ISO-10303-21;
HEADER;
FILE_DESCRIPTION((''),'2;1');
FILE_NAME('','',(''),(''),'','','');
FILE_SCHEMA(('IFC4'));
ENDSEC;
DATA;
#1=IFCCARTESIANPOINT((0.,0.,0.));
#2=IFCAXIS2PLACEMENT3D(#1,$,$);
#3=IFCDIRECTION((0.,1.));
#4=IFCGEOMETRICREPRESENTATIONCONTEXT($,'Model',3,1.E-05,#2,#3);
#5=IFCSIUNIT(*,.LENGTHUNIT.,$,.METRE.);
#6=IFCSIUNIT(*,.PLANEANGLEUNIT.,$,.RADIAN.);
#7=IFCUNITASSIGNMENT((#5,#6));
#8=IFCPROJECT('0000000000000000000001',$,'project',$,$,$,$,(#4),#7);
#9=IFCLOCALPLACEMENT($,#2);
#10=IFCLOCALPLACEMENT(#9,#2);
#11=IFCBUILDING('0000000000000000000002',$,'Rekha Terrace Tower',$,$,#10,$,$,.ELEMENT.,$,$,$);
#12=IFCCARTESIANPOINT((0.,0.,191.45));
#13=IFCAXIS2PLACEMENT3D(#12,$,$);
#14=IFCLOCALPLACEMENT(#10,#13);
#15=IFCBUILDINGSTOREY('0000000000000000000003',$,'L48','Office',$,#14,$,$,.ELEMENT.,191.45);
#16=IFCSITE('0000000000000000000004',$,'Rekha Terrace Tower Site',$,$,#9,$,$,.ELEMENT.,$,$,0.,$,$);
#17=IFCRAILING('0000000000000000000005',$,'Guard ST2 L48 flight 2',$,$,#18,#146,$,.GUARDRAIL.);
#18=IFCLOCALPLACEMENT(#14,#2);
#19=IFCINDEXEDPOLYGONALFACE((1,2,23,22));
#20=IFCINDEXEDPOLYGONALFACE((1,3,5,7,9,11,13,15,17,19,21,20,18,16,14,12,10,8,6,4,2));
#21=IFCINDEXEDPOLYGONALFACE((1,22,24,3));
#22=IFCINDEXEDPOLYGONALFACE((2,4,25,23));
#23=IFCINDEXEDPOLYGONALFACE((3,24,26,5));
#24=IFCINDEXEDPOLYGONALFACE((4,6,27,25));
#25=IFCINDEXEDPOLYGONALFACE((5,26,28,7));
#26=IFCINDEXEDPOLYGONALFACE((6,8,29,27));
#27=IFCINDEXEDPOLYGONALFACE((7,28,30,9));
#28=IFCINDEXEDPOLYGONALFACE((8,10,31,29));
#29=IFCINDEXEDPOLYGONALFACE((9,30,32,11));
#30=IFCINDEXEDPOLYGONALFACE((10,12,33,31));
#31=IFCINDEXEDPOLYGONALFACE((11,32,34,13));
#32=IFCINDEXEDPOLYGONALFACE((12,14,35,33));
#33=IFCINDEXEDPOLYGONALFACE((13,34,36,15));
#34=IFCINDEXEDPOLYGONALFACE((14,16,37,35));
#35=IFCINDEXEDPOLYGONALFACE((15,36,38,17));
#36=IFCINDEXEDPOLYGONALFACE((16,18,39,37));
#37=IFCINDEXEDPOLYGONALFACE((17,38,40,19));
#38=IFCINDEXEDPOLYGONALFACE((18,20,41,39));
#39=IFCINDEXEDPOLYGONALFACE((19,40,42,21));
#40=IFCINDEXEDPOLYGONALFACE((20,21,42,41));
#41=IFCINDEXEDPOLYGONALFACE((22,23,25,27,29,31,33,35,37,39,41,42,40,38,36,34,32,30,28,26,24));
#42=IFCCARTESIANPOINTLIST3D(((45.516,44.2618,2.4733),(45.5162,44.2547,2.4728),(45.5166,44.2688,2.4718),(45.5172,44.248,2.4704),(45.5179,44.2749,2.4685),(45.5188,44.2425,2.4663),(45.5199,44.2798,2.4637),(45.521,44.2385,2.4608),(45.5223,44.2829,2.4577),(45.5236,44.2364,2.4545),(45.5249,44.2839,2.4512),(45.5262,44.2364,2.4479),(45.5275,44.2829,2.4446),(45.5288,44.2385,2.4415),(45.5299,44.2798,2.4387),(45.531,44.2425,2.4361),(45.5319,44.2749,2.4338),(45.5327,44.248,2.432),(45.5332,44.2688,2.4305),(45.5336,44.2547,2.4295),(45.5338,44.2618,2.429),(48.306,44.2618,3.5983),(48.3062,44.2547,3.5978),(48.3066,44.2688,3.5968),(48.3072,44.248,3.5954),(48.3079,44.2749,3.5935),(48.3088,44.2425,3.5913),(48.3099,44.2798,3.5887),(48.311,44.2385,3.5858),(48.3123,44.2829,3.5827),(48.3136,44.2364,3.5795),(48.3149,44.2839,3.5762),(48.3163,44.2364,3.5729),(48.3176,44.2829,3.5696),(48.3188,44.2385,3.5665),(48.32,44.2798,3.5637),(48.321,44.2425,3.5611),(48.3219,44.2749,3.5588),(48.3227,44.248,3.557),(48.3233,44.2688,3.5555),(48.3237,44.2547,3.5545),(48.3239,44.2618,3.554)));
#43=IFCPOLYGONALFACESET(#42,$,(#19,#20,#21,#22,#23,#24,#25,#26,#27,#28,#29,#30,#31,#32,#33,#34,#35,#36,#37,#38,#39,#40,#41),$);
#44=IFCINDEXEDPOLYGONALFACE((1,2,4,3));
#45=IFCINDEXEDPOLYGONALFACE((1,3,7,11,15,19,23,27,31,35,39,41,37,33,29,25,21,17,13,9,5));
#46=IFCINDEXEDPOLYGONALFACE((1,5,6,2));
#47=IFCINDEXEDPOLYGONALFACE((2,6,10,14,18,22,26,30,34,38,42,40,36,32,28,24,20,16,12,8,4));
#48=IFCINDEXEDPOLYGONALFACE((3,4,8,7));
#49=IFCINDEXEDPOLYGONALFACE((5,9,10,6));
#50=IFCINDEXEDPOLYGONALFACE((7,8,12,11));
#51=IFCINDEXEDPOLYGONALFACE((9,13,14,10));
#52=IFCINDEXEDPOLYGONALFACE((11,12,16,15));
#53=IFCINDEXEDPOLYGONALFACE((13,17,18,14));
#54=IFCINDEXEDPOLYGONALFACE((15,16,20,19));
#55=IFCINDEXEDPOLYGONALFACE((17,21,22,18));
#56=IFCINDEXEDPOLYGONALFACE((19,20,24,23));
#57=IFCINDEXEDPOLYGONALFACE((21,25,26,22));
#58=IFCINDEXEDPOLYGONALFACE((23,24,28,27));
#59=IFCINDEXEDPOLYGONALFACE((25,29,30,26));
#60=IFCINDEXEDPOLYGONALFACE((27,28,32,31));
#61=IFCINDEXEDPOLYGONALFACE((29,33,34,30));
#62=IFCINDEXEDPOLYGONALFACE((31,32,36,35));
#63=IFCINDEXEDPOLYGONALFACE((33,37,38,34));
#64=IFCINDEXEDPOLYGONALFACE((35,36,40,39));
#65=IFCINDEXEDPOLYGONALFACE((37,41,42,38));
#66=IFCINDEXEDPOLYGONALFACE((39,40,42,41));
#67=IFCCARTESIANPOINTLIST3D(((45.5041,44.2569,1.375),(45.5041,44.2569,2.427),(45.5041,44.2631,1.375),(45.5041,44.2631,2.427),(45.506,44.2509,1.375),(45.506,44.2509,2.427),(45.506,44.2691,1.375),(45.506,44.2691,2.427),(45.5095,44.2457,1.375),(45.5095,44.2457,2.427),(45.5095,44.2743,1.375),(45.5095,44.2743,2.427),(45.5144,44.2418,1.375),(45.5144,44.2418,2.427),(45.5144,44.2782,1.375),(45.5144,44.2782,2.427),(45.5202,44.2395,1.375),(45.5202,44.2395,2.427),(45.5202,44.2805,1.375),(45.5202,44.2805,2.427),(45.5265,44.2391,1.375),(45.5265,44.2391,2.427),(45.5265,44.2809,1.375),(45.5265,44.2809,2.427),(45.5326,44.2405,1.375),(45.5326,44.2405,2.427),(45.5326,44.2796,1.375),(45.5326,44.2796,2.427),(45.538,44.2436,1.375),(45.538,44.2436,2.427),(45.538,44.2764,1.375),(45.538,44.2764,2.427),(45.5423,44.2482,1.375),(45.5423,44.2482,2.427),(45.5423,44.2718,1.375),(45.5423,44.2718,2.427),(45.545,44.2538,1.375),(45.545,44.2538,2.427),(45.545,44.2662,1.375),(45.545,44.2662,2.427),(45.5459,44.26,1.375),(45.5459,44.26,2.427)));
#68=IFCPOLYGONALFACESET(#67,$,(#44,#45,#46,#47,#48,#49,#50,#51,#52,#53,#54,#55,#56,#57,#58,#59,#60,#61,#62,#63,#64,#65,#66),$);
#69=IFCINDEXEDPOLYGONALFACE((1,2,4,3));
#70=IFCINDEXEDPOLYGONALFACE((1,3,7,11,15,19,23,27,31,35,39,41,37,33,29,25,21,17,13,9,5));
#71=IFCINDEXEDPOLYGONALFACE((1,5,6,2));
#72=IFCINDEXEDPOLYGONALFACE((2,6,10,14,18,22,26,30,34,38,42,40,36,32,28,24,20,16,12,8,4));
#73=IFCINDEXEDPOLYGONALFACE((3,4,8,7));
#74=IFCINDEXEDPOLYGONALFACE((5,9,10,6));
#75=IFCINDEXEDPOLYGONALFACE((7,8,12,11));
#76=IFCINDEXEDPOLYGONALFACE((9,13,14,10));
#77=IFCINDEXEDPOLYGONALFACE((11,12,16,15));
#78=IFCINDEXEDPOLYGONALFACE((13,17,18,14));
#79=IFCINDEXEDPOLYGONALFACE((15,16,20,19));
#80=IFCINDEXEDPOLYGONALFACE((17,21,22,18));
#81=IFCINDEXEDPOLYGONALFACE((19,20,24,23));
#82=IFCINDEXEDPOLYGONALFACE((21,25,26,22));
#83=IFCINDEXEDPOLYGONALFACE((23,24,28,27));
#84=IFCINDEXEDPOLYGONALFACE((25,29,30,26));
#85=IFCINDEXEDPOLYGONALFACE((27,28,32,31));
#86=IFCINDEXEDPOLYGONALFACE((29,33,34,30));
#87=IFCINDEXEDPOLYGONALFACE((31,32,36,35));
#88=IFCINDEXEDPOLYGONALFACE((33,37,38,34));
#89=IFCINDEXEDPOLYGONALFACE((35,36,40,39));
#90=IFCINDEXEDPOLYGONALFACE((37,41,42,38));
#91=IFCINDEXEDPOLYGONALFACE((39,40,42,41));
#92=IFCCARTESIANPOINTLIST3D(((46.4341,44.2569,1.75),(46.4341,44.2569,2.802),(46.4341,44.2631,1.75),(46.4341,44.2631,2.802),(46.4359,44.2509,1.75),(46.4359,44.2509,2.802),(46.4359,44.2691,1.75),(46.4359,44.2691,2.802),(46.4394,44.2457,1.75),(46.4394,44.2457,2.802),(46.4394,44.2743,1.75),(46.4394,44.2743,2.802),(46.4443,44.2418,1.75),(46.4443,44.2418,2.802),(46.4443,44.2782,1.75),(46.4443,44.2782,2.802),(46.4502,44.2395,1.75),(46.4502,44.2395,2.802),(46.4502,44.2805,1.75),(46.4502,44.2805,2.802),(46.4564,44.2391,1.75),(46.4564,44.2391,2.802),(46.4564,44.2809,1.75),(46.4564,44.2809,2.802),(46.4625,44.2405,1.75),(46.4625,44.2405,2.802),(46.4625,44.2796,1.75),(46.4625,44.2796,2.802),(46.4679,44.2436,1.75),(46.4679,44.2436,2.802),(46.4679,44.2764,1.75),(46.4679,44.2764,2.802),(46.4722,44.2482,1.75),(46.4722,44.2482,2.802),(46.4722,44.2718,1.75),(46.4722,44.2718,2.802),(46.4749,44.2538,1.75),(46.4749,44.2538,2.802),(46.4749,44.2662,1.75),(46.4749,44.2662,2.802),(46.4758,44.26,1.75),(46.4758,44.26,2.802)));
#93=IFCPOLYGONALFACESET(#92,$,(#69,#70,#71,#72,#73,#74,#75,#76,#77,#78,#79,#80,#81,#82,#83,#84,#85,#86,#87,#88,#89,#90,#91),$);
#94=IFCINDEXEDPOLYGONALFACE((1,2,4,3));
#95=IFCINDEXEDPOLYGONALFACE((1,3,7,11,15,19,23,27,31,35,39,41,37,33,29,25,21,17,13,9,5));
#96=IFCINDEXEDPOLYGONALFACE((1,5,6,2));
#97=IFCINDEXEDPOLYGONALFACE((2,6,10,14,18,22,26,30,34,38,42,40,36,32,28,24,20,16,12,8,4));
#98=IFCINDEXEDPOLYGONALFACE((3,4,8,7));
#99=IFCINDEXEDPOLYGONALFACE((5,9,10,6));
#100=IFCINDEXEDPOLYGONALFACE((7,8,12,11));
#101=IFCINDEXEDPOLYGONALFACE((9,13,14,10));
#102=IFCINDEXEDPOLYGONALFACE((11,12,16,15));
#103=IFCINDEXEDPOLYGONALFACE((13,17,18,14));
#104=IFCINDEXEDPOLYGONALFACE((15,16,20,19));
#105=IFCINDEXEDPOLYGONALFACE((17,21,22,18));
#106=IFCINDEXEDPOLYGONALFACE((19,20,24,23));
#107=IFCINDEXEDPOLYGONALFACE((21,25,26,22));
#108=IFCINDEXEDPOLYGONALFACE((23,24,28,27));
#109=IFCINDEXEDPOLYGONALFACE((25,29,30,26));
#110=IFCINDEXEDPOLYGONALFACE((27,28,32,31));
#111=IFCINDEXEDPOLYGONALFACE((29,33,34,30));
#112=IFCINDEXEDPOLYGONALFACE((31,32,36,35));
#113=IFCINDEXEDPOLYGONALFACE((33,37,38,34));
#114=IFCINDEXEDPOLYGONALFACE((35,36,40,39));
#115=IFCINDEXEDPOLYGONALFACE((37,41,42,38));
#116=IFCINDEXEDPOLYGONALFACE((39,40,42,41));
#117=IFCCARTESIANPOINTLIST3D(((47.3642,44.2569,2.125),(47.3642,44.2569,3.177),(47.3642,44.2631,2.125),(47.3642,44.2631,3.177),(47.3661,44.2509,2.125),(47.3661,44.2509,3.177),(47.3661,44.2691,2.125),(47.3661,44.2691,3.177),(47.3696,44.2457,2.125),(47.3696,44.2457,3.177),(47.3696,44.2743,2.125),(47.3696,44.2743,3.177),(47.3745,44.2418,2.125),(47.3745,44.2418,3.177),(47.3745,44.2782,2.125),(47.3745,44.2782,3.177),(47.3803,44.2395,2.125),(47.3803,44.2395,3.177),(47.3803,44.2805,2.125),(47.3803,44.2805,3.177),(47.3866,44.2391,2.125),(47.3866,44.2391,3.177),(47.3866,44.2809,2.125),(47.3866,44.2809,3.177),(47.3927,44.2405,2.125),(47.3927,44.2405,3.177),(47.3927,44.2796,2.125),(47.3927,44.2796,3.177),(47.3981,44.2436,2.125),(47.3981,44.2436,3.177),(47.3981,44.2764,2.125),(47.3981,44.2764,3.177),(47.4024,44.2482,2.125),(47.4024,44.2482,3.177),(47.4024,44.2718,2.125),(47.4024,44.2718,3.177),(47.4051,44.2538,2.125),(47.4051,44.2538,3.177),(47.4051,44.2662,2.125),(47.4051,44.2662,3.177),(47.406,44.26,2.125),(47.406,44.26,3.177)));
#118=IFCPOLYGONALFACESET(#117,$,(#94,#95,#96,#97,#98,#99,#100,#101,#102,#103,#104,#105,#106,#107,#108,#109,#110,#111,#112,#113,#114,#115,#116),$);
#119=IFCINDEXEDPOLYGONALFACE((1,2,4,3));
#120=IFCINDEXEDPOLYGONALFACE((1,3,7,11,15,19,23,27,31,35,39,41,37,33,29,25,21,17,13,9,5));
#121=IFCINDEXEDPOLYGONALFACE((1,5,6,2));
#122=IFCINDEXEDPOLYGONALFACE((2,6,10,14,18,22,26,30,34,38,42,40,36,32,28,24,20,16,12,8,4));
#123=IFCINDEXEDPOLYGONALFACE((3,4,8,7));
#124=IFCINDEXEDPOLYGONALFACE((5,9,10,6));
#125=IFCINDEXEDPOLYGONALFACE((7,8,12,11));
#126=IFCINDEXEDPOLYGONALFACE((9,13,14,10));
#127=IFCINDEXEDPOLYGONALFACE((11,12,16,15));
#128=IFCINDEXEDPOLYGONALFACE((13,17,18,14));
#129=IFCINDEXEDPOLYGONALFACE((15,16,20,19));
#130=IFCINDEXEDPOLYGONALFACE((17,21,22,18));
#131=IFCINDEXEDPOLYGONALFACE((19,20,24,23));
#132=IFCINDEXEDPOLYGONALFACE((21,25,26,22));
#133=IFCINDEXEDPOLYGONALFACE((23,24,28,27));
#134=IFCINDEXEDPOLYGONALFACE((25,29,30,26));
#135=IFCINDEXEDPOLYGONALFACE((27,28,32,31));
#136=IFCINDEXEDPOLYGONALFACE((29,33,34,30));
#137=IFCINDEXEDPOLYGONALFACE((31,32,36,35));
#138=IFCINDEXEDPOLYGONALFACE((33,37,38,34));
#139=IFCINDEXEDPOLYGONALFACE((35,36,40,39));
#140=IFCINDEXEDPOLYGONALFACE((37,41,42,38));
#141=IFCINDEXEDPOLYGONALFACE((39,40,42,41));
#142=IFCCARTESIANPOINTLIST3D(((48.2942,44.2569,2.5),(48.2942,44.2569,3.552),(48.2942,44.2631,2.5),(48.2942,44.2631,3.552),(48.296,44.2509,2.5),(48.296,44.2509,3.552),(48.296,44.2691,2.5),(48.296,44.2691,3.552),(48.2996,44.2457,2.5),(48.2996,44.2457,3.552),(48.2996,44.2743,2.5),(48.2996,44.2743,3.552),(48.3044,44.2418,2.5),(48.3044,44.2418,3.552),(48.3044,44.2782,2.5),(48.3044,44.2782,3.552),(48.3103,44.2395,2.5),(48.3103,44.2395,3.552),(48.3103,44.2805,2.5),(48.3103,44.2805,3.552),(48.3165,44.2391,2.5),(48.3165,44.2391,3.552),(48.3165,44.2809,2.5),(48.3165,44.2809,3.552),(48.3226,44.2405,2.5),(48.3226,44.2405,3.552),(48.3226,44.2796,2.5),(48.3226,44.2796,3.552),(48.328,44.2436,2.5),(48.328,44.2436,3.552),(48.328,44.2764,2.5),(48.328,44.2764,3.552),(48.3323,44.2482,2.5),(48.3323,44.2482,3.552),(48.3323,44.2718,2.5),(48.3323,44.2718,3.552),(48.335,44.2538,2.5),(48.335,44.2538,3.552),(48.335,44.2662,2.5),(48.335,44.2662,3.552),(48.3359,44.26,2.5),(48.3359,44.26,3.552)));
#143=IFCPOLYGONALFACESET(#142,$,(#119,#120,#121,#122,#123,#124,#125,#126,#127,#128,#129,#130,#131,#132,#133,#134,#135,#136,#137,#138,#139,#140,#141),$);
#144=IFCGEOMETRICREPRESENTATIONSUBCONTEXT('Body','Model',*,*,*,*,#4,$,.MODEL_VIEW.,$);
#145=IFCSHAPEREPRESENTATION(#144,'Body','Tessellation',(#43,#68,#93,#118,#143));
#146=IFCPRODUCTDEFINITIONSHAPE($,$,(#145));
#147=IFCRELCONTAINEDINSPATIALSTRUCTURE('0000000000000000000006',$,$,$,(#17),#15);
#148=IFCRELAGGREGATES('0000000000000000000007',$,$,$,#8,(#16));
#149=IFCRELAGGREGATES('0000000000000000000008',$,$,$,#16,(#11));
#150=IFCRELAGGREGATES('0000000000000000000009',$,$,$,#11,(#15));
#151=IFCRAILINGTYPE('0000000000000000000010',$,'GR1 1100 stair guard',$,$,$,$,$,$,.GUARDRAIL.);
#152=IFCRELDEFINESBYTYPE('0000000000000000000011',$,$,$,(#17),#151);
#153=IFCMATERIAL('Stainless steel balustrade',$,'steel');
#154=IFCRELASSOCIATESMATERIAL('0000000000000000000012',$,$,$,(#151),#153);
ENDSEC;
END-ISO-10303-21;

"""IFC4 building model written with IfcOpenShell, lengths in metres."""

from ifc_helpers import new_model, si_unit, direction, frame, origin, origin_2d, place, context, subcontext, project, spatial, circle, extrude, material, type_object, element, save


model = new_model("IFC4")

# Units and contexts
model_context = context("Model", 3, precision=1e-05, world=origin(), true_north=direction((0.0, 1.0)))
body_context = subcontext(model_context, "Body", "Model", "MODEL_VIEW")
ifc_project = project(units=[si_unit("LENGTHUNIT", "METRE"), si_unit("PLANEANGLEUNIT", "RADIAN")], contexts=[model_context])

# Site, building, storey
site_placement = place(None, origin())
site = spatial("IfcSite", under=ifc_project, at=site_placement, Name="Rekha Terrace Tower Site", CompositionType="ELEMENT", RefElevation=0.0)
building_placement = place(site_placement, origin())
building = spatial("IfcBuilding", under=site, at=building_placement, Name="Rekha Terrace Tower", CompositionType="ELEMENT")
storey_placement = place(building_placement, frame((0.0, 0.0, 191.45)))
storey = spatial("IfcBuildingStorey", under=building, at=storey_placement, Name="L48", Description="Office", CompositionType="ELEMENT", Elevation=191.45)

# Railing
ifc_material_1 = material(Name="Stainless steel balustrade", Category="steel")
railing_type_1 = type_object("IfcRailingType", Name="GR1 1100 stair guard", PredefinedType="GUARDRAIL", material=ifc_material_1)
railing_1_placement = place(storey_placement, frame((45.5249, 44.26, 1.375)))
element("IfcRailing", 1, at=railing_1_placement, inside=storey, type_object=railing_type_1, Name="Guard ST2 L48 flight 2", PredefinedType="GUARDRAIL", context=body_context, shape_type="SweptSolid", body=[
    extrude(circle(Radius=0.0239, at=origin_2d()), frame((0.0, 0.0, 1.0762), z_axis=(0.927443, 0.0, 0.373964), x_axis=(0.0, 1.0, 0.0)), (0.0, 0.0, 1.0), 3.0083),
    extrude(circle(Radius=0.021, at=origin_2d()), origin(), (0.0, 0.0, 1.0), 1.052),
    extrude(circle(Radius=0.021, at=origin_2d()), frame((0.9299, 0.0, 0.375)), (0.0, 0.0, 1.0), 1.052),
    extrude(circle(Radius=0.021, at=origin_2d()), frame((1.8601, 0.0, 0.75)), (0.0, 0.0, 1.0), 1.052),
    extrude(circle(Radius=0.021, at=origin_2d()), frame((2.79, 0.0, 1.125)), (0.0, 0.0, 1.0), 1.052),
])

save(model, "model.ifc")
